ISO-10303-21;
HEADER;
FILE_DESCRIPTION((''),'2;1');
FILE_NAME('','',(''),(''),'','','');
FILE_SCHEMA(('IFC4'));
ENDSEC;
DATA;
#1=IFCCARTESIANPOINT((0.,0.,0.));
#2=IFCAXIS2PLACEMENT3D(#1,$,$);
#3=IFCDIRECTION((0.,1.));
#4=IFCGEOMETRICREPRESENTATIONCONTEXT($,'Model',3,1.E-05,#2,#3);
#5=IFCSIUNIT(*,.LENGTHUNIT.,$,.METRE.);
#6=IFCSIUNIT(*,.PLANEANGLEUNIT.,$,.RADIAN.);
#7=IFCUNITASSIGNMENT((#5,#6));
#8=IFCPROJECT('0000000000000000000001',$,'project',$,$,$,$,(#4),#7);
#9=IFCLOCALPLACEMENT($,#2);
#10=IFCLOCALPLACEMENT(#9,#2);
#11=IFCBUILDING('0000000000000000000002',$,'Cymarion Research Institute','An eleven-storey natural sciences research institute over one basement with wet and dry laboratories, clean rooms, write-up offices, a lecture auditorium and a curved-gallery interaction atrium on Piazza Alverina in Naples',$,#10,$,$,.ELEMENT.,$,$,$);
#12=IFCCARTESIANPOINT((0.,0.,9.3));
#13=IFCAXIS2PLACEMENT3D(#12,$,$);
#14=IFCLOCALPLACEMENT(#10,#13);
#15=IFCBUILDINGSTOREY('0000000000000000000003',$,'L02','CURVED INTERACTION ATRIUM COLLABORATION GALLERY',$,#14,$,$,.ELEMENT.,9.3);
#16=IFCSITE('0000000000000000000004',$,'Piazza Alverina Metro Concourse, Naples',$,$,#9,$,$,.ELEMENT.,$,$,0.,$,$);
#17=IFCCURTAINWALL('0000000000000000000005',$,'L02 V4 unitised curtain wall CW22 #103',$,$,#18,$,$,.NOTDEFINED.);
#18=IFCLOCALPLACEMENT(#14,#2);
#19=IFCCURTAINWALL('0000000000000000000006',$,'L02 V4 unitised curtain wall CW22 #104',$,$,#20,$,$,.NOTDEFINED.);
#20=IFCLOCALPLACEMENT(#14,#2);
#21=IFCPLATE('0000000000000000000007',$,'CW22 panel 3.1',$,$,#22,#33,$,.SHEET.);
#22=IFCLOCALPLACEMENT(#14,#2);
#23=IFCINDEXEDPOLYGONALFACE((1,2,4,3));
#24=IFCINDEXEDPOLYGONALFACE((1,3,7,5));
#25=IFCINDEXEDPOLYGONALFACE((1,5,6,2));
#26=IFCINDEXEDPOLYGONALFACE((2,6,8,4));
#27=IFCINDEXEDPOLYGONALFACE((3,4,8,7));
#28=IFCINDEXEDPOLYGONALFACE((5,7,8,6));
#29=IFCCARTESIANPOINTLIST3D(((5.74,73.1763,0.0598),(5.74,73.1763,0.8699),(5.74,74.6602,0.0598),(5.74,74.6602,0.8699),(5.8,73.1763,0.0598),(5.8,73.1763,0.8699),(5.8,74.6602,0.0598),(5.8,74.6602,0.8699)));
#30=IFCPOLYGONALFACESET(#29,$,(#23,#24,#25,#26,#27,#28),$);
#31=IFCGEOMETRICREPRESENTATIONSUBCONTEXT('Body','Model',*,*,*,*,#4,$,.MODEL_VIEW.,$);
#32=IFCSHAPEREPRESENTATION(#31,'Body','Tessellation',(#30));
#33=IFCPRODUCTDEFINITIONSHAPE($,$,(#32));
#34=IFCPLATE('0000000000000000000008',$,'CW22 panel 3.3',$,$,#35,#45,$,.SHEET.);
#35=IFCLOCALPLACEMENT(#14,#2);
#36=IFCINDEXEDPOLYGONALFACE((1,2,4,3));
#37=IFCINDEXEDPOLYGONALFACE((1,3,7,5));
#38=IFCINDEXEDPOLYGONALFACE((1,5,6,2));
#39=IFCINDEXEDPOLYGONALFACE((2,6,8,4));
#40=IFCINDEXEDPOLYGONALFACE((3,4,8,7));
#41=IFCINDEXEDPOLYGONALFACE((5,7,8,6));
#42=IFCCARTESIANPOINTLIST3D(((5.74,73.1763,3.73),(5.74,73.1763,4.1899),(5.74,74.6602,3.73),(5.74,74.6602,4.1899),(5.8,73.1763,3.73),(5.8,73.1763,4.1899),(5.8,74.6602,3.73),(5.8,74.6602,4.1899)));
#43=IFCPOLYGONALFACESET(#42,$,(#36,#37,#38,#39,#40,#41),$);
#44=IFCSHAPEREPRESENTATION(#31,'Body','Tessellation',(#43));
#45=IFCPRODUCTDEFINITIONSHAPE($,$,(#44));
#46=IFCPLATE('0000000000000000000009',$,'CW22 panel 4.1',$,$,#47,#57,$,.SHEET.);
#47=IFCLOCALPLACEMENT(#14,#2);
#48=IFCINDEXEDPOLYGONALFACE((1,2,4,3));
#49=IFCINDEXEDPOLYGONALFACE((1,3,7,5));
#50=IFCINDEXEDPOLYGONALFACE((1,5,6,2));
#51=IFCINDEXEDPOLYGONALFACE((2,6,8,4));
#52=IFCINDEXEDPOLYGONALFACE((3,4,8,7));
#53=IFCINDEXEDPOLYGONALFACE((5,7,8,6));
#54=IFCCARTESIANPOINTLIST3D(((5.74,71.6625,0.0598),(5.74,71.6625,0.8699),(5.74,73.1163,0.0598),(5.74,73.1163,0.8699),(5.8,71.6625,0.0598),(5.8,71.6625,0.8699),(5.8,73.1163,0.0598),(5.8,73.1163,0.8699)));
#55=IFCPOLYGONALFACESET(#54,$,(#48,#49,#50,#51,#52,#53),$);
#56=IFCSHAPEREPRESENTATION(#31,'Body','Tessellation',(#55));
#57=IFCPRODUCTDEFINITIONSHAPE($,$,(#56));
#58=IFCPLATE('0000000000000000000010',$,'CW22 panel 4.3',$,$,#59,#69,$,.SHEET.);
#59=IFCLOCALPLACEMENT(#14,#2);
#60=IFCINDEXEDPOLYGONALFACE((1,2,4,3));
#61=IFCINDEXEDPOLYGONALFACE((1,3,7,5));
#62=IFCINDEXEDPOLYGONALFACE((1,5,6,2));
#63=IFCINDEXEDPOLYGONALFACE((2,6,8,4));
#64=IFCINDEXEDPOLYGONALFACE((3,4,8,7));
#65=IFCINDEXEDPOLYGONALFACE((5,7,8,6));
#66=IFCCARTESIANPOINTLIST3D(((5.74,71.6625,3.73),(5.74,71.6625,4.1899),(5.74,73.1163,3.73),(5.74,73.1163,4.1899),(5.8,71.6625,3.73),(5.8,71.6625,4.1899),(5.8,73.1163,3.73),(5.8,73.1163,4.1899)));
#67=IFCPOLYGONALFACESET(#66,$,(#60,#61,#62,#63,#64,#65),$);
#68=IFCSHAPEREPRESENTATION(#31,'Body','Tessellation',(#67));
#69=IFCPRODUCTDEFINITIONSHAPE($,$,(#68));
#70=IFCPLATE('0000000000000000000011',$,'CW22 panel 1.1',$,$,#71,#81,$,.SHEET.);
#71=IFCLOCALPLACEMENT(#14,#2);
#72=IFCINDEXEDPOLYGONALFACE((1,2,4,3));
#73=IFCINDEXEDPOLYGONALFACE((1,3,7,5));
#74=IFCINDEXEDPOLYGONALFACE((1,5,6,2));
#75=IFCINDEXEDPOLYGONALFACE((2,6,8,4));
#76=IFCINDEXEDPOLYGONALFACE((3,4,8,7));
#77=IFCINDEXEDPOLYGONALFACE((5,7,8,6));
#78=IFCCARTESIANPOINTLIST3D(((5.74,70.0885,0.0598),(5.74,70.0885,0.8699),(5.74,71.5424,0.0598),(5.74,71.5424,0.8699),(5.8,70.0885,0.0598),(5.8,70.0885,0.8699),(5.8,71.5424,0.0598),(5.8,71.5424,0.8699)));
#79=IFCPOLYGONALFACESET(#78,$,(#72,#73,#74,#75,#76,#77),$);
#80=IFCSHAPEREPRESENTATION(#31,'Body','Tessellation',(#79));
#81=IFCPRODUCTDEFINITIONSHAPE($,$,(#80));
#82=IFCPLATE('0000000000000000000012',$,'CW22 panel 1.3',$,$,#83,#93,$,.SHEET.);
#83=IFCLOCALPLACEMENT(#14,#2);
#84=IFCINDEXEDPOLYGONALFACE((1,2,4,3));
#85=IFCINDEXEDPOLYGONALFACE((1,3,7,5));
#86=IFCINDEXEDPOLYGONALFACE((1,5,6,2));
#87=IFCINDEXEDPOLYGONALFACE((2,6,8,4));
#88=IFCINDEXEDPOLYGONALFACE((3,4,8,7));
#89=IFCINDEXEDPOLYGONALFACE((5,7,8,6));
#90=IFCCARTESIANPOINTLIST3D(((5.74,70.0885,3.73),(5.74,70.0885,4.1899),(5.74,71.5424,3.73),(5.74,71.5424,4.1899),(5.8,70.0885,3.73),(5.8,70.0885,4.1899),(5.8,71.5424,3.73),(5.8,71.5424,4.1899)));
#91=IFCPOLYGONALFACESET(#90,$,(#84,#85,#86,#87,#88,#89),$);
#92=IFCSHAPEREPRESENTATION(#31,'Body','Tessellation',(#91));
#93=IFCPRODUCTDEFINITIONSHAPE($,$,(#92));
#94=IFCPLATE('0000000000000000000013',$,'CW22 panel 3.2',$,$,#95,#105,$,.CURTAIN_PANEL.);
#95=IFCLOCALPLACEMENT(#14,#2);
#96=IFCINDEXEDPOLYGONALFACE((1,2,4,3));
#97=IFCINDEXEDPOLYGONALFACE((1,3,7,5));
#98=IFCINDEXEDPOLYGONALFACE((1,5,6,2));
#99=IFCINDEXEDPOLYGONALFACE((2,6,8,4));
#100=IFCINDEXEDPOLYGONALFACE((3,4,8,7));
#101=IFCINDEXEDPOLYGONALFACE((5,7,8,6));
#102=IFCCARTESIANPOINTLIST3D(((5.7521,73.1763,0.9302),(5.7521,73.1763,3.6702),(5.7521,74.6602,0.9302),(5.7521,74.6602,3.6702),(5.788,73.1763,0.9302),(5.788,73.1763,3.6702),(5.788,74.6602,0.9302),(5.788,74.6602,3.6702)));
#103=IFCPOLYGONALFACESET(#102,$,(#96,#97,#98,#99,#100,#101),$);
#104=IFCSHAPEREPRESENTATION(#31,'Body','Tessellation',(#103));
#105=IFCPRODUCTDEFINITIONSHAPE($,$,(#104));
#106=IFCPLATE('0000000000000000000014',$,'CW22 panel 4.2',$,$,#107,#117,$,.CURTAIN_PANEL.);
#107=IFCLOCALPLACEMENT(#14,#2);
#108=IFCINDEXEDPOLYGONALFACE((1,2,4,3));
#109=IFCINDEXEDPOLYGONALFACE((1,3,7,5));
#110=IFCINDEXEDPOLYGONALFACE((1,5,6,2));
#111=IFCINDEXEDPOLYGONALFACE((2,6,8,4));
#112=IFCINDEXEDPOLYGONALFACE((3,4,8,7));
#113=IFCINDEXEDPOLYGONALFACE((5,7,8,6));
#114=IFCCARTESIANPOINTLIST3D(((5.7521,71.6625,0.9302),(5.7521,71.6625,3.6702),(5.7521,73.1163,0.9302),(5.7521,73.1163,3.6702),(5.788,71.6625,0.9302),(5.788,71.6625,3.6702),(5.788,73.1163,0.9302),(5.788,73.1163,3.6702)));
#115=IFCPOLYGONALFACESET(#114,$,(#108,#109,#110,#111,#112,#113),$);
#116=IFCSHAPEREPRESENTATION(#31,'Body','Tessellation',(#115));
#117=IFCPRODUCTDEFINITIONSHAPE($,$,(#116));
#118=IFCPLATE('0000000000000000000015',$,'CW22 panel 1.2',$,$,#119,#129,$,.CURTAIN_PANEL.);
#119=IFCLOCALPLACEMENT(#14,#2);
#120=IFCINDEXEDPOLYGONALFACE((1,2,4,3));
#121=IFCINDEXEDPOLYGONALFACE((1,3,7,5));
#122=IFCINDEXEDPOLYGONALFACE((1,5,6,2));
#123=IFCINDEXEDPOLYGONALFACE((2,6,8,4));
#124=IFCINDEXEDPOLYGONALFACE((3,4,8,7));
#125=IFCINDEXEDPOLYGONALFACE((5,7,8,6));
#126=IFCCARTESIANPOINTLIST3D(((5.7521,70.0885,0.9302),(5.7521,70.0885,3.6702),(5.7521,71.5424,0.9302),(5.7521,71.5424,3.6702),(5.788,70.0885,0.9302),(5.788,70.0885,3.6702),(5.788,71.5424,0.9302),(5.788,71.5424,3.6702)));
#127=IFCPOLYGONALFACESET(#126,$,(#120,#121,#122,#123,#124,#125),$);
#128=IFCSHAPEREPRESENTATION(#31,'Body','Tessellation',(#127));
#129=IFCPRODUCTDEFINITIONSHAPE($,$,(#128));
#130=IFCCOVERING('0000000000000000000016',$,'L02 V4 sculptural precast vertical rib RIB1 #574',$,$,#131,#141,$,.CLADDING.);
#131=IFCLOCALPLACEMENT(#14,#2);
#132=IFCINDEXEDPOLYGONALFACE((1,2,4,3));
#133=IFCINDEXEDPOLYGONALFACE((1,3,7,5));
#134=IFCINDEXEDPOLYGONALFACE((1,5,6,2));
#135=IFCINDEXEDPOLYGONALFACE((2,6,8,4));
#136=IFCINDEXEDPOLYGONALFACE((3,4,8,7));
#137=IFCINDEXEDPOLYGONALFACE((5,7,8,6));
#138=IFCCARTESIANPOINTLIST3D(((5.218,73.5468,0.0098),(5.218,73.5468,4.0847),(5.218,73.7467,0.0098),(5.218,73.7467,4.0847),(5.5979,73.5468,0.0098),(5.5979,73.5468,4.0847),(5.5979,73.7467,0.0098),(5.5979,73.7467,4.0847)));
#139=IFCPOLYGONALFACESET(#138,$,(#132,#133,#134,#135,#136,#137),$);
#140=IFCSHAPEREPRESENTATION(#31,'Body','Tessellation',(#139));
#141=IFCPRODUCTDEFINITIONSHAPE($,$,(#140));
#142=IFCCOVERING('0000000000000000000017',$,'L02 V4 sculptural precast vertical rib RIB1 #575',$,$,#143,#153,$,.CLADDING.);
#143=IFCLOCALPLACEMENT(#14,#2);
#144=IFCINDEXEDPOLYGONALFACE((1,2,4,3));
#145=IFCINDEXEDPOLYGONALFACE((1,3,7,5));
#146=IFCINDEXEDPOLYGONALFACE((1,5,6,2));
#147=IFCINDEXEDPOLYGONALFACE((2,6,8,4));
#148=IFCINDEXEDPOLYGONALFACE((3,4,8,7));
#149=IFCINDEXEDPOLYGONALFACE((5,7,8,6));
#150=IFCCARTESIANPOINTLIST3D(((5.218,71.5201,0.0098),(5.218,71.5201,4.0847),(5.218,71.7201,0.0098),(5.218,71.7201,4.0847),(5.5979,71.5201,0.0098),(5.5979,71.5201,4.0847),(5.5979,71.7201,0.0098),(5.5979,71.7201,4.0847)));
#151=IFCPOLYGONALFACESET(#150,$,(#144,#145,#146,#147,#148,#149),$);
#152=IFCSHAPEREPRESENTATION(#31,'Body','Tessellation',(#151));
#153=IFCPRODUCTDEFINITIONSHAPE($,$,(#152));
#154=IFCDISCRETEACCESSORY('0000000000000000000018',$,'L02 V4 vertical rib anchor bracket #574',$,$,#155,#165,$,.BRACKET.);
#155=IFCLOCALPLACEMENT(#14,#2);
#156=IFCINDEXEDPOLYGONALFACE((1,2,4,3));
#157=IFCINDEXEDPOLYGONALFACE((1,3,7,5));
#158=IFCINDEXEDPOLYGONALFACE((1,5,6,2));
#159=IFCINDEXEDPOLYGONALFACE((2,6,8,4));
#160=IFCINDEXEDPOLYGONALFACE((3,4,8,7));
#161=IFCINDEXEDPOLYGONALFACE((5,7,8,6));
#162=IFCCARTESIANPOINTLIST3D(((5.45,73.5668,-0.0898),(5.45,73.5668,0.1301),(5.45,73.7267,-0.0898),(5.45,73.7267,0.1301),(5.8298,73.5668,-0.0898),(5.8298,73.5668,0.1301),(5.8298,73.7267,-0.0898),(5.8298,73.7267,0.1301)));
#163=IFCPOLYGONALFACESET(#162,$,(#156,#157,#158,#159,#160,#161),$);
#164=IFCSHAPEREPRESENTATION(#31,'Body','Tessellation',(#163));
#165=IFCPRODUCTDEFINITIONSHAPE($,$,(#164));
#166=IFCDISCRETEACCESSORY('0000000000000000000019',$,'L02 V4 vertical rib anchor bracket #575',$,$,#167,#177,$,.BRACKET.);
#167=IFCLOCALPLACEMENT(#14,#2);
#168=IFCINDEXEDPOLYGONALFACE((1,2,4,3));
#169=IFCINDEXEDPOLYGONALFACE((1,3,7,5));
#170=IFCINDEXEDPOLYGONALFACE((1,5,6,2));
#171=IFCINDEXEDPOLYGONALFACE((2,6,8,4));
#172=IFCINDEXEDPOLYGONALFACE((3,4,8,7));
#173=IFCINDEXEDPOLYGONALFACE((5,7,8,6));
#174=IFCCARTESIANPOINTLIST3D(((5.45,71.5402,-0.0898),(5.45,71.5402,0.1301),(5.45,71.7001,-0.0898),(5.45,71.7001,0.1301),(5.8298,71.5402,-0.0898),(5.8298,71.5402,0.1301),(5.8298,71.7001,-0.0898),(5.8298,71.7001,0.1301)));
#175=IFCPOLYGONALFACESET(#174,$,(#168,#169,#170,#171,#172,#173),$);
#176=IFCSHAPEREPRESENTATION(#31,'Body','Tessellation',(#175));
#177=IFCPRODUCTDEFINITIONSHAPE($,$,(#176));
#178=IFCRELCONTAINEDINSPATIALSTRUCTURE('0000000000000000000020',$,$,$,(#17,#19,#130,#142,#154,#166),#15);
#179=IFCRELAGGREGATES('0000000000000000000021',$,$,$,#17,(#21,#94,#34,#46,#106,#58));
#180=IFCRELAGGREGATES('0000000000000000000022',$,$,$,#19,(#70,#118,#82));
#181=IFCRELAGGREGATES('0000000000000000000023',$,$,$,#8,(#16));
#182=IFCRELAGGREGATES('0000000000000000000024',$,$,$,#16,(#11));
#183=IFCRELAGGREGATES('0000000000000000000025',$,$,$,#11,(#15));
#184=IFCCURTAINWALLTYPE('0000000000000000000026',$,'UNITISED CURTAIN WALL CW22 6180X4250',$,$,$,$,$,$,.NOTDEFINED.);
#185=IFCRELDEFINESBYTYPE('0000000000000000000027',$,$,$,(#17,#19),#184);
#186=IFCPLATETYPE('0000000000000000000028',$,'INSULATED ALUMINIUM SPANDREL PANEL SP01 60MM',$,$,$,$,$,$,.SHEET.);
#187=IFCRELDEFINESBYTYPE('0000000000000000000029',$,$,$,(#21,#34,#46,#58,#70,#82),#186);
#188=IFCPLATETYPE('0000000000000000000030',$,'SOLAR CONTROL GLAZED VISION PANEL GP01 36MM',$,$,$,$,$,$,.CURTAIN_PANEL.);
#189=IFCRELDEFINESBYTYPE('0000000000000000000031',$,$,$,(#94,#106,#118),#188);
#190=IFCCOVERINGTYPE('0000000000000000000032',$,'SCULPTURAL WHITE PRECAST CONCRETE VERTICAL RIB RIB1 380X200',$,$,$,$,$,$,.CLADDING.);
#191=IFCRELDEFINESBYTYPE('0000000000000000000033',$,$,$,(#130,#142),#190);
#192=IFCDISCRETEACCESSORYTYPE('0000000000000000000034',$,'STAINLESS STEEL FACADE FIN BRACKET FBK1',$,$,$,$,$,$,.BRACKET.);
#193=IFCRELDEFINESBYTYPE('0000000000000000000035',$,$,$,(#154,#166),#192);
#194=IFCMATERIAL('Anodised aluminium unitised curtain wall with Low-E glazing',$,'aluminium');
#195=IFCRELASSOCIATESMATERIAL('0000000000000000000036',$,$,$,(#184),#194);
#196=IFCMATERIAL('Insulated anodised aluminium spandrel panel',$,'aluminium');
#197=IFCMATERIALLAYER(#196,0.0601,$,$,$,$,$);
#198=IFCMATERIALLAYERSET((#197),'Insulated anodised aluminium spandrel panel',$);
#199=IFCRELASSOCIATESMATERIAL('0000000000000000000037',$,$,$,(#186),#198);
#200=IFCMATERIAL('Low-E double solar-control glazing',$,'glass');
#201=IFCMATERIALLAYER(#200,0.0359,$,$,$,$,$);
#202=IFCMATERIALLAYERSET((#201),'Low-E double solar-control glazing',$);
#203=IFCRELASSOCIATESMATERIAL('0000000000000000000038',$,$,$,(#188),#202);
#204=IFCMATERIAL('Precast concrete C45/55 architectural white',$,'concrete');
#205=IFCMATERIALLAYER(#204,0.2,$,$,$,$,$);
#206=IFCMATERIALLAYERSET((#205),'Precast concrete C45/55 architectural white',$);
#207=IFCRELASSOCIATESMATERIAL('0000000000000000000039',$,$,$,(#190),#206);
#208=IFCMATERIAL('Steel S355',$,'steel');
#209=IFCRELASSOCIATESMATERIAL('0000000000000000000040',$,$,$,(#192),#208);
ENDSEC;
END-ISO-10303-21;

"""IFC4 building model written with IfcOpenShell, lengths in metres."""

from ifc_helpers import new_model, si_unit, direction, frame, origin, origin_2d, place, context, subcontext, project, spatial, rectangle, extrude, material, layer, layer_set, type_object, element, aggregate, save


model = new_model("IFC4")

# Units and contexts
model_context = context("Model", 3, precision=1e-05, world=origin(), true_north=direction((0.0, 1.0)))
body_context = subcontext(model_context, "Body", "Model", "MODEL_VIEW")
ifc_project = project(units=[si_unit("LENGTHUNIT", "METRE"), si_unit("PLANEANGLEUNIT", "RADIAN")], contexts=[model_context])

# Site, building, storey
site_placement = place(None, origin())
site = spatial("IfcSite", under=ifc_project, at=site_placement, Name="Piazza Alverina Metro Concourse, Naples", CompositionType="ELEMENT", RefElevation=0.0)
building_placement = place(site_placement, origin())
building = spatial("IfcBuilding", under=site, at=building_placement, Name="Cymarion Research Institute", Description="An eleven-storey natural sciences research institute over one basement with wet and dry laboratories, clean rooms, write-up offices, a lecture auditorium and a curved-gallery interaction atrium on Piazza Alverina in Naples", CompositionType="ELEMENT")
storey_placement = place(building_placement, frame((0.0, 0.0, 9.3)))
storey = spatial("IfcBuildingStorey", under=building, at=storey_placement, Name="L02", Description="CURVED INTERACTION ATRIUM COLLABORATION GALLERY", CompositionType="ELEMENT", Elevation=9.3)

# Curtain wall
ifc_material_1 = material(Name="Anodised aluminium unitised curtain wall with Low-E glazing", Category="aluminium")
curtain_wall_type = type_object("IfcCurtainWallType", Name="UNITISED CURTAIN WALL CW22 6180X4250", PredefinedType="NOTDEFINED", material=ifc_material_1)
curtain_wall_1_placement = place(storey_placement, origin())
curtain_wall_1 = element("IfcCurtainWall", 1, at=curtain_wall_1_placement, inside=storey, type_object=curtain_wall_type, Name="L02 V4 unitised curtain wall CW22 #103", PredefinedType="NOTDEFINED")

# Curtain wall
curtain_wall_2_placement = place(storey_placement, origin())
curtain_wall_2 = element("IfcCurtainWall", 2, at=curtain_wall_2_placement, inside=storey, type_object=curtain_wall_type, Name="L02 V4 unitised curtain wall CW22 #104", PredefinedType="NOTDEFINED")

# Plates
ifc_material_2 = material(Name="Insulated anodised aluminium spandrel panel", Category="aluminium")
ifc_layer_1 = layer(ifc_material_2, 0.0601)
ifc_layer_set_1 = layer_set([ifc_layer_1], Name="Insulated anodised aluminium spandrel panel")
plate_type_1 = type_object("IfcPlateType", Name="INSULATED ALUMINIUM SPANDREL PANEL SP01 60MM", PredefinedType="SHEET", material=ifc_layer_set_1)
plate_1_placement = place(storey_placement, frame((5.77, 73.9182, 0.0598), z_axis=(0.0, 0.0, 1.0), x_axis=(0.0, -1.0, 0.0)))
plate_1 = element("IfcPlate", 3, at=plate_1_placement, type_object=plate_type_1, Name="CW22 panel 3.1", PredefinedType="SHEET", context=body_context, shape_type="SweptSolid", body=[
    extrude(rectangle(XDim=1.4839, YDim=0.0601, at=origin_2d()), origin(), (0.0, 0.0, 1.0), 0.8101),
])
plate_2_placement = place(storey_placement, frame((5.77, 73.9182, 3.73), z_axis=(0.0, 0.0, 1.0), x_axis=(0.0, -1.0, 0.0)))
plate_2 = element("IfcPlate", 4, at=plate_2_placement, type_object=plate_type_1, Name="CW22 panel 3.3", PredefinedType="SHEET", context=body_context, shape_type="SweptSolid", body=[
    extrude(rectangle(XDim=1.4839, YDim=0.0601, at=origin_2d()), origin(), (0.0, 0.0, 1.0), 0.46),
])
plate_3_placement = place(storey_placement, frame((5.77, 72.3894, 0.0598), z_axis=(0.0, 0.0, 1.0), x_axis=(0.0, -1.0, 0.0)))
plate_3 = element("IfcPlate", 5, at=plate_3_placement, type_object=plate_type_1, Name="CW22 panel 4.1", PredefinedType="SHEET", context=body_context, shape_type="SweptSolid", body=[
    extrude(rectangle(XDim=1.4539, YDim=0.0601, at=origin_2d()), origin(), (0.0, 0.0, 1.0), 0.8101),
])
plate_4_placement = place(storey_placement, frame((5.77, 72.3894, 3.73), z_axis=(0.0, 0.0, 1.0), x_axis=(0.0, -1.0, 0.0)))
plate_4 = element("IfcPlate", 6, at=plate_4_placement, type_object=plate_type_1, Name="CW22 panel 4.3", PredefinedType="SHEET", context=body_context, shape_type="SweptSolid", body=[
    extrude(rectangle(XDim=1.4539, YDim=0.0601, at=origin_2d()), origin(), (0.0, 0.0, 1.0), 0.46),
])
plate_5_placement = place(storey_placement, frame((5.77, 70.8154, 0.0598), z_axis=(0.0, 0.0, 1.0), x_axis=(0.0, -1.0, 0.0)))
plate_5 = element("IfcPlate", 7, at=plate_5_placement, type_object=plate_type_1, Name="CW22 panel 1.1", PredefinedType="SHEET", context=body_context, shape_type="SweptSolid", body=[
    extrude(rectangle(XDim=1.4539, YDim=0.0601, at=origin_2d()), origin(), (0.0, 0.0, 1.0), 0.8101),
])
plate_6_placement = place(storey_placement, frame((5.77, 70.8154, 3.73), z_axis=(0.0, 0.0, 1.0), x_axis=(0.0, -1.0, 0.0)))
plate_6 = element("IfcPlate", 8, at=plate_6_placement, type_object=plate_type_1, Name="CW22 panel 1.3", PredefinedType="SHEET", context=body_context, shape_type="SweptSolid", body=[
    extrude(rectangle(XDim=1.4539, YDim=0.0601, at=origin_2d()), origin(), (0.0, 0.0, 1.0), 0.46),
])
ifc_material_3 = material(Name="Low-E double solar-control glazing", Category="glass")
ifc_layer_2 = layer(ifc_material_3, 0.0359)
ifc_layer_set_2 = layer_set([ifc_layer_2], Name="Low-E double solar-control glazing")
plate_type_2 = type_object("IfcPlateType", Name="SOLAR CONTROL GLAZED VISION PANEL GP01 36MM", PredefinedType="CURTAIN_PANEL", material=ifc_layer_set_2)
plate_7_placement = place(storey_placement, frame((5.77, 73.9182, 0.9302), z_axis=(0.0, 0.0, 1.0), x_axis=(0.0, -1.0, 0.0)))
plate_7 = element("IfcPlate", 9, at=plate_7_placement, type_object=plate_type_2, Name="CW22 panel 3.2", PredefinedType="CURTAIN_PANEL", context=body_context, shape_type="SweptSolid", body=[
    extrude(rectangle(XDim=1.4839, YDim=0.0359, at=origin_2d()), origin(), (0.0, 0.0, 1.0), 2.74),
])
plate_8_placement = place(storey_placement, frame((5.77, 72.3894, 0.9302), z_axis=(0.0, 0.0, 1.0), x_axis=(0.0, -1.0, 0.0)))
plate_8 = element("IfcPlate", 10, at=plate_8_placement, type_object=plate_type_2, Name="CW22 panel 4.2", PredefinedType="CURTAIN_PANEL", context=body_context, shape_type="SweptSolid", body=[
    extrude(rectangle(XDim=1.4539, YDim=0.0359, at=origin_2d()), origin(), (0.0, 0.0, 1.0), 2.74),
])
aggregate(curtain_wall_1, [plate_1, plate_7, plate_2, plate_3, plate_8, plate_4])
plate_9_placement = place(storey_placement, frame((5.77, 70.8154, 0.9302), z_axis=(0.0, 0.0, 1.0), x_axis=(0.0, -1.0, 0.0)))
plate_9 = element("IfcPlate", 11, at=plate_9_placement, type_object=plate_type_2, Name="CW22 panel 1.2", PredefinedType="CURTAIN_PANEL", context=body_context, shape_type="SweptSolid", body=[
    extrude(rectangle(XDim=1.4539, YDim=0.0359, at=origin_2d()), origin(), (0.0, 0.0, 1.0), 2.74),
])
aggregate(curtain_wall_2, [plate_5, plate_9, plate_6])

# Coverings
ifc_material_4 = material(Name="Precast concrete C45/55 architectural white", Category="concrete")
ifc_layer_3 = layer(ifc_material_4, 0.2)
ifc_layer_set_3 = layer_set([ifc_layer_3], Name="Precast concrete C45/55 architectural white")
covering_type = type_object("IfcCoveringType", Name="SCULPTURAL WHITE PRECAST CONCRETE VERTICAL RIB RIB1 380X200", PredefinedType="CLADDING", material=ifc_layer_set_3)
for number, where, z_axis, x_axis, name in (
    (12, (5.408, 73.6467, 0.0098), (0.0, 0.0, 1.0), (-1.0, 0.0, 0.0), "L02 V4 sculptural precast vertical rib RIB1 #574"),
    (13, (5.408, 71.6201, 0.0098), (0.0, 0.0, 1.0), (-1.0, 0.0, 0.0), "L02 V4 sculptural precast vertical rib RIB1 #575"),
):
    element("IfcCovering", number, at=place(storey_placement, frame(where, z_axis=z_axis, x_axis=x_axis)), inside=storey, type_object=covering_type, Name=name, PredefinedType="CLADDING", context=body_context, shape_type="SweptSolid", body=[
        extrude(rectangle(XDim=0.3799, YDim=0.2, at=origin_2d()), origin(), (0.0, 0.0, 1.0), 4.075),
    ])

# Discrete accessories
ifc_material_5 = material(Name="Steel S355", Category="steel")
discrete_accessory_type = type_object("IfcDiscreteAccessoryType", Name="STAINLESS STEEL FACADE FIN BRACKET FBK1", PredefinedType="BRACKET", material=ifc_material_5)
for number, where, z_axis, x_axis, name in (
    (14, (5.6399, 73.6467, -0.0898), (0.0, 0.0, 1.0), (-1.0, 0.0, 0.0), "L02 V4 vertical rib anchor bracket #574"),
    (15, (5.6399, 71.6201, -0.0898), (0.0, 0.0, 1.0), (-1.0, 0.0, 0.0), "L02 V4 vertical rib anchor bracket #575"),
):
    element("IfcDiscreteAccessory", number, at=place(storey_placement, frame(where, z_axis=z_axis, x_axis=x_axis)), inside=storey, type_object=discrete_accessory_type, Name=name, PredefinedType="BRACKET", context=body_context, shape_type="SweptSolid", body=[
        extrude(rectangle(XDim=0.3799, YDim=0.1599, at=origin_2d()), origin(), (0.0, 0.0, 1.0), 0.22),
    ])

save(model, "model.ifc")
